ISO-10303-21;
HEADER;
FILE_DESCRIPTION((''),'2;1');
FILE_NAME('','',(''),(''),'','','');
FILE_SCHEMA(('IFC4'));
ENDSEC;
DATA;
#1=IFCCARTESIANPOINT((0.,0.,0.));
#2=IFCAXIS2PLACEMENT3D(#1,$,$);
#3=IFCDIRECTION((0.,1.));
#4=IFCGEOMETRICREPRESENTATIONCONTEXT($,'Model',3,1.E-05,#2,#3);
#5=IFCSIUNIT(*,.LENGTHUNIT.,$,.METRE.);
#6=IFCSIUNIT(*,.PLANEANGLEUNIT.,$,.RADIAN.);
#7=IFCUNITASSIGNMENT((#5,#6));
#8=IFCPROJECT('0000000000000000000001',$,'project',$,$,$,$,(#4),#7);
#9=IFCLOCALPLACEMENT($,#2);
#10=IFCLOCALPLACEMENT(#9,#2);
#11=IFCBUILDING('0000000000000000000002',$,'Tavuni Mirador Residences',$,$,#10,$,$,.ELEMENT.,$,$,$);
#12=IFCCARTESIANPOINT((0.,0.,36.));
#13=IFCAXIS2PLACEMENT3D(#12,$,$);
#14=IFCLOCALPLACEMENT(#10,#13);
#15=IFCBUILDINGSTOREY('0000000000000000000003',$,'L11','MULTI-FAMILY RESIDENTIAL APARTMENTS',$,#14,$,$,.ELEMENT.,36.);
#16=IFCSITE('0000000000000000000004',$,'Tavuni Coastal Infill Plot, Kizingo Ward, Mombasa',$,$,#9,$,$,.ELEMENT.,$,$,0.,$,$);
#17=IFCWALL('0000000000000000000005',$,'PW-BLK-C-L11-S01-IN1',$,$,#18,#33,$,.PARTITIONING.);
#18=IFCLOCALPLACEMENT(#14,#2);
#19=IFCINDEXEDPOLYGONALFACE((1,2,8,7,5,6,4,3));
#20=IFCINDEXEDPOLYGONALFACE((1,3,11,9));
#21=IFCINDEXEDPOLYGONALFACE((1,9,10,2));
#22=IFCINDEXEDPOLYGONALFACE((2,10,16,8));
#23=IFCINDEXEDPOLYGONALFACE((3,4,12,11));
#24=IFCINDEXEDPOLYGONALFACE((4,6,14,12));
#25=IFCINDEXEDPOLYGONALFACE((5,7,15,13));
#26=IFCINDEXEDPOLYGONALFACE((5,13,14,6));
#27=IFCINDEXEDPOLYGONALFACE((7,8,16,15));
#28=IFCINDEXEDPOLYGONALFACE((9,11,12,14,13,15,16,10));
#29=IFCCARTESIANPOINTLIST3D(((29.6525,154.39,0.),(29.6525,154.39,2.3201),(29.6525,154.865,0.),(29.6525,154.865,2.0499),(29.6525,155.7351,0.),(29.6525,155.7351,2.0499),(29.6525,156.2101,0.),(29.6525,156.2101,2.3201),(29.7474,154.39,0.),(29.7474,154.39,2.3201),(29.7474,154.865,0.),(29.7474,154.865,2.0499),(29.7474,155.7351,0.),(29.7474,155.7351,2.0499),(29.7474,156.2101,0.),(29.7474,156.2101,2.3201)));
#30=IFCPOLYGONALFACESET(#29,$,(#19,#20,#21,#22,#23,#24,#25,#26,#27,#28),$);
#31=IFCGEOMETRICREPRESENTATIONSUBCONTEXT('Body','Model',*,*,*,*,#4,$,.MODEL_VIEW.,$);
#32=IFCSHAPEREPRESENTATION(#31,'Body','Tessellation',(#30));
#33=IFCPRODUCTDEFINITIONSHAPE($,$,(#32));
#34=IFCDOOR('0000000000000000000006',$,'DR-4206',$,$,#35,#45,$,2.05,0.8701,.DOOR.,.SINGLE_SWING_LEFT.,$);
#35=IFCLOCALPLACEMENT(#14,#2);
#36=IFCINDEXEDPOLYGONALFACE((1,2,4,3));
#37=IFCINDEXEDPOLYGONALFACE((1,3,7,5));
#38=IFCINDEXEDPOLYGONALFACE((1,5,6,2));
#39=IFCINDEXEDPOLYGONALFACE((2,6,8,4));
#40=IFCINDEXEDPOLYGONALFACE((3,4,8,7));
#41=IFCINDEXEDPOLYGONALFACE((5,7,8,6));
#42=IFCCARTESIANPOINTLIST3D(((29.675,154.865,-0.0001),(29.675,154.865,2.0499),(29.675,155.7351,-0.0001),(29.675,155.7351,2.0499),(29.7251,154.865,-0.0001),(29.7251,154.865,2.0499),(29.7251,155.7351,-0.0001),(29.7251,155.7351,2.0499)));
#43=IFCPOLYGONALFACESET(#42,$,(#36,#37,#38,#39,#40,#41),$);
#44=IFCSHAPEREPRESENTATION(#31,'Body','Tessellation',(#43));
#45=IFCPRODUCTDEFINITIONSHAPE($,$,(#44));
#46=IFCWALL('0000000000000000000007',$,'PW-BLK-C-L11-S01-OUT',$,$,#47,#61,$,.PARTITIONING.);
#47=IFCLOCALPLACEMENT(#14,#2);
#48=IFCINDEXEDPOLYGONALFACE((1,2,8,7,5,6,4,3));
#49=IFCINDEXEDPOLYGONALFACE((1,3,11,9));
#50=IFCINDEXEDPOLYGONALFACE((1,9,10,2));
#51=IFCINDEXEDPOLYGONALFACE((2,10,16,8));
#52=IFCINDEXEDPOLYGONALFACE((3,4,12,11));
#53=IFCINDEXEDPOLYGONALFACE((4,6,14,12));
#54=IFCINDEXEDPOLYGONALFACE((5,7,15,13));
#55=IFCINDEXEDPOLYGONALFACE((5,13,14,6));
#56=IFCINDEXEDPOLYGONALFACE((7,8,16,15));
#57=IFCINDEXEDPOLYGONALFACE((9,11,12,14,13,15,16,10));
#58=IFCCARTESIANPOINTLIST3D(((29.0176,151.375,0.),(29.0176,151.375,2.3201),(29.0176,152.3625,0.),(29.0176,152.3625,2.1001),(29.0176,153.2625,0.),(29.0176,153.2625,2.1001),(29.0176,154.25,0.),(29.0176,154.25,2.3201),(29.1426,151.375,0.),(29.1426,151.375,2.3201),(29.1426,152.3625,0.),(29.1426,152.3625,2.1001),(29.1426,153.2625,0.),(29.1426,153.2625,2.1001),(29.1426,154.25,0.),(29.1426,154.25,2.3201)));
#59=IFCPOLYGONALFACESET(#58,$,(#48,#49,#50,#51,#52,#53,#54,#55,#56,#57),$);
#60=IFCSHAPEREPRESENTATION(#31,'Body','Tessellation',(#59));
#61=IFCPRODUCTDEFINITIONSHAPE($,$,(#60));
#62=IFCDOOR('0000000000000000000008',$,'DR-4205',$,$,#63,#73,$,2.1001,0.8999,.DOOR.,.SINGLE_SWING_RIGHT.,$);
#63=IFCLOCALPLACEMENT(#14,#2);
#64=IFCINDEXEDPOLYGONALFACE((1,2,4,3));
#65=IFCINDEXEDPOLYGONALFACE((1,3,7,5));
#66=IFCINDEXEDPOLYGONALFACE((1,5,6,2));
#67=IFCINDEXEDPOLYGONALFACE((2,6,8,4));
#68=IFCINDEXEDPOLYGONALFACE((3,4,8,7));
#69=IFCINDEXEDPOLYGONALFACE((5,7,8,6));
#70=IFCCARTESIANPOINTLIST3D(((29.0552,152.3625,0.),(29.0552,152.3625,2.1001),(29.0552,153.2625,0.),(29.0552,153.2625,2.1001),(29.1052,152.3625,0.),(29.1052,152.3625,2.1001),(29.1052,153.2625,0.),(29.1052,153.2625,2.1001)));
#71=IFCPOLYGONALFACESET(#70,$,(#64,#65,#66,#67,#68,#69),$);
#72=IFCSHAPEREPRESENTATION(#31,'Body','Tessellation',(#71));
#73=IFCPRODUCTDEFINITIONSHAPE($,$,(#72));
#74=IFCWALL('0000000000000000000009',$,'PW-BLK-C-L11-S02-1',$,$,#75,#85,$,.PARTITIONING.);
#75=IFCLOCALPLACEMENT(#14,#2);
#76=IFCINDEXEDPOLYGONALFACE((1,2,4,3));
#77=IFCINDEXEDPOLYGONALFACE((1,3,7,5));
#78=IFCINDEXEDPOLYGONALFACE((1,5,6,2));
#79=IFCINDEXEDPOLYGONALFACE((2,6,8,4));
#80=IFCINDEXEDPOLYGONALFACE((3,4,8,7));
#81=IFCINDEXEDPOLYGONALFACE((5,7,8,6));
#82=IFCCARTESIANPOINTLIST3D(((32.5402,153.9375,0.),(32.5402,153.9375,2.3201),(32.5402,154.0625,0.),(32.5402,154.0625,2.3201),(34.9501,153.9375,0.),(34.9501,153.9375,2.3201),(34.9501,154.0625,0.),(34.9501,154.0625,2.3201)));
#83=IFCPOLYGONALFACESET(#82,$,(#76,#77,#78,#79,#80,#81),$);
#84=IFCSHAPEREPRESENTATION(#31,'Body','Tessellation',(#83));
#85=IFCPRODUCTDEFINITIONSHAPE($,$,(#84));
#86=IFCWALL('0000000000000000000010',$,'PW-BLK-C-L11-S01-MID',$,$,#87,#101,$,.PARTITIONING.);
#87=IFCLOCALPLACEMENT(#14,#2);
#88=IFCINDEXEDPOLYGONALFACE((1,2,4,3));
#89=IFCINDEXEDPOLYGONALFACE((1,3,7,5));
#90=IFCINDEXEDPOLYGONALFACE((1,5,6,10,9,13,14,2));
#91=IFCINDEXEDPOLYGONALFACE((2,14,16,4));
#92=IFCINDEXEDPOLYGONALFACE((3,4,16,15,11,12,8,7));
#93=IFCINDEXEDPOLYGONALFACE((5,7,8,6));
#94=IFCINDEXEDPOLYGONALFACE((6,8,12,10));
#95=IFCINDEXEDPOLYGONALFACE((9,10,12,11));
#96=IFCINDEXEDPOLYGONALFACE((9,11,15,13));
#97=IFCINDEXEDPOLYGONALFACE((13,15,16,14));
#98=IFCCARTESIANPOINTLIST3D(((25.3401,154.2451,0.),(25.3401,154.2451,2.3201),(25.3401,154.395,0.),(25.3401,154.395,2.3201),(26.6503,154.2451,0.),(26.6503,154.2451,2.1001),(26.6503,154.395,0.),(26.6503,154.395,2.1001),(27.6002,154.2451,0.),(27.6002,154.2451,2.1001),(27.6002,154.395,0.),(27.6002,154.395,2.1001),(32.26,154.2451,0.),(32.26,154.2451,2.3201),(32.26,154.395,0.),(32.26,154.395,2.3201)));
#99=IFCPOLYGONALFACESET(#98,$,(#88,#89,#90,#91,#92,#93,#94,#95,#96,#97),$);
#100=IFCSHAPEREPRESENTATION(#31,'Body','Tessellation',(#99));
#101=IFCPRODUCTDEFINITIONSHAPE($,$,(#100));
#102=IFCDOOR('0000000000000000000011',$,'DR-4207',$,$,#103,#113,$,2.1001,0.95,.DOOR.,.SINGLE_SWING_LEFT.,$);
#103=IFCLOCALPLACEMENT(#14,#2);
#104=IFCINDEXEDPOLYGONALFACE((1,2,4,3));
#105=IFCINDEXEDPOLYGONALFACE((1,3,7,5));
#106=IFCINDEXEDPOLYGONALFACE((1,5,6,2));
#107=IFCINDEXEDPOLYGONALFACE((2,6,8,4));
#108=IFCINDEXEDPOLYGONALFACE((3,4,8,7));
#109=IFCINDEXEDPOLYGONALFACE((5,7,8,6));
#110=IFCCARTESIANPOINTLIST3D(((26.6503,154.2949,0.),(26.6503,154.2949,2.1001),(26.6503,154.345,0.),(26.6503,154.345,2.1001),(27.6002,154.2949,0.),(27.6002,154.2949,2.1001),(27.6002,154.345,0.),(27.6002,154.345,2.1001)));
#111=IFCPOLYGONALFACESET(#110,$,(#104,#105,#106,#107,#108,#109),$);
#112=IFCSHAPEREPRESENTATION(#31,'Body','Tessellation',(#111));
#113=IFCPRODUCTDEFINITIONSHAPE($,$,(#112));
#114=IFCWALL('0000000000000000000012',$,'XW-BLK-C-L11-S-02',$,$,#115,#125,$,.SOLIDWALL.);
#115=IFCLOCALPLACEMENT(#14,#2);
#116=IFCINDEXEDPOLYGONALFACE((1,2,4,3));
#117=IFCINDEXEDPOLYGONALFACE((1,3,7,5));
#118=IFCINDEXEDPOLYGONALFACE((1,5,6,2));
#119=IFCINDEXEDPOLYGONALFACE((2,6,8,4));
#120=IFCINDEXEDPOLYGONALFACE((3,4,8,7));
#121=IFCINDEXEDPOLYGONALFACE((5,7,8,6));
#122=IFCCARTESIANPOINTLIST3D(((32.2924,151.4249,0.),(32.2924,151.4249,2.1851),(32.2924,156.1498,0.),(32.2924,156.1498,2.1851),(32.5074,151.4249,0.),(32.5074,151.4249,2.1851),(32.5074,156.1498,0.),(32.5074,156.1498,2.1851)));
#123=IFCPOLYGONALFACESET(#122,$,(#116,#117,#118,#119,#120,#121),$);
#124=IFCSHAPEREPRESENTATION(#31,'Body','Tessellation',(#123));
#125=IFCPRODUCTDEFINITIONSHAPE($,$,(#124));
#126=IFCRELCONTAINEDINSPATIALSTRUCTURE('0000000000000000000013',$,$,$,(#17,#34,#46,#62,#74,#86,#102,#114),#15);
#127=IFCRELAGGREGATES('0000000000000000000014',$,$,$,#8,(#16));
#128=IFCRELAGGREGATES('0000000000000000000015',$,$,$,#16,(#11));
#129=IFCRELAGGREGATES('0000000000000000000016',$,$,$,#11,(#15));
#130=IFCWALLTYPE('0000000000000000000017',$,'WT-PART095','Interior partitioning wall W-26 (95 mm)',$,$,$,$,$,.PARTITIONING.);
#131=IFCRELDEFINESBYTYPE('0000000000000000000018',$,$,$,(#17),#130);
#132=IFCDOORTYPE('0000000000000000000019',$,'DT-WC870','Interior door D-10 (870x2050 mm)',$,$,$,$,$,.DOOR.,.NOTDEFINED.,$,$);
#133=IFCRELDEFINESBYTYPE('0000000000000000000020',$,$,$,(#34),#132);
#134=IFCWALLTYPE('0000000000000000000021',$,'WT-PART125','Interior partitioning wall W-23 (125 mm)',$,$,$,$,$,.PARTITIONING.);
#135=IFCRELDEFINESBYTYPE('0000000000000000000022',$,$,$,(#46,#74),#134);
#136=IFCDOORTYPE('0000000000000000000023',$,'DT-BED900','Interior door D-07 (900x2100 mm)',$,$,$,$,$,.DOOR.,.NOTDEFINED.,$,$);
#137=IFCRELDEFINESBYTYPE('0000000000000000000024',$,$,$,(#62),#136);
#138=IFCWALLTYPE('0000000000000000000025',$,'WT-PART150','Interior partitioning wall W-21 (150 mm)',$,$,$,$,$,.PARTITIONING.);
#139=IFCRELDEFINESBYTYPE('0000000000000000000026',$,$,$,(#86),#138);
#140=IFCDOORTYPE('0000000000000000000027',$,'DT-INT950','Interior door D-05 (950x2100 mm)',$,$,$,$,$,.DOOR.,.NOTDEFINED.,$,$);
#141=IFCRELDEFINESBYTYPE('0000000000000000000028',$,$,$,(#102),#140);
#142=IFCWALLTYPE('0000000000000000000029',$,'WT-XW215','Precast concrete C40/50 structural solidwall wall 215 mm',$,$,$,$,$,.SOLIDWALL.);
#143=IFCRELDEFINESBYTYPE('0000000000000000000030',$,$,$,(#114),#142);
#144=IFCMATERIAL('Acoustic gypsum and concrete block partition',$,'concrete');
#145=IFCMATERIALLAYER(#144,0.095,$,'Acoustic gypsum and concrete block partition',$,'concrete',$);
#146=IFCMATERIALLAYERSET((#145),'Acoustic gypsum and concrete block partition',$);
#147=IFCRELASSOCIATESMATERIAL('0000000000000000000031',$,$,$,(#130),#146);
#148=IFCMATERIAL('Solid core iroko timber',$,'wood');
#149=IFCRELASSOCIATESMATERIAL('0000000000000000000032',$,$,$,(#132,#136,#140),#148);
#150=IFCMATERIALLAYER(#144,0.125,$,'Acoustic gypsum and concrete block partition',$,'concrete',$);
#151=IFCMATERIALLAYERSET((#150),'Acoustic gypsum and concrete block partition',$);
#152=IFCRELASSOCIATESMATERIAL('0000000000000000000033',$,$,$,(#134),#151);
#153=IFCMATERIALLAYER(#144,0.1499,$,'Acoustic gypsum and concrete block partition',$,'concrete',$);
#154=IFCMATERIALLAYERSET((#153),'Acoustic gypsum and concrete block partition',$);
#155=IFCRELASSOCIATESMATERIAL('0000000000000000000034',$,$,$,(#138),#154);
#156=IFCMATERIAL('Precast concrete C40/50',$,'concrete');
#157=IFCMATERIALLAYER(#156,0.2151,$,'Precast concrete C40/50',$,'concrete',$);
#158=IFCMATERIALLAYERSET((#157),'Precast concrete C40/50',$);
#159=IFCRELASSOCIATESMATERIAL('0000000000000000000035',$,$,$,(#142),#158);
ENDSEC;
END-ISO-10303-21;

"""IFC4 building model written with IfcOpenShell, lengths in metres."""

from ifc_helpers import new_model, si_unit, direction, frame, frame_2d, origin, place, context, subcontext, project, spatial, rectangle, extrude, material, layer, layer_set, type_object, element, fill, save


model = new_model("IFC4")

# Units and contexts
model_context = context("Model", 3, precision=1e-05, world=origin(), true_north=direction((0.0, 1.0)))
body_context = subcontext(model_context, "Body", "Model", "MODEL_VIEW")
ifc_project = project(units=[si_unit("LENGTHUNIT", "METRE"), si_unit("PLANEANGLEUNIT", "RADIAN")], contexts=[model_context])

# Site, building, storey
site_placement = place(None, origin())
site = spatial("IfcSite", under=ifc_project, at=site_placement, Name="Tavuni Coastal Infill Plot, Kizingo Ward, Mombasa", CompositionType="ELEMENT", RefElevation=0.0)
building_placement = place(site_placement, origin())
building = spatial("IfcBuilding", under=site, at=building_placement, Name="Tavuni Mirador Residences", CompositionType="ELEMENT")
storey_placement = place(building_placement, frame((0.0, 0.0, 36.0)))
storey = spatial("IfcBuildingStorey", under=building, at=storey_placement, Name="L11", Description="MULTI-FAMILY RESIDENTIAL APARTMENTS", CompositionType="ELEMENT", Elevation=36.0)

# Shared definitions
ifc_material_1 = material(Name="Precast concrete C40/50", Category="concrete")

# Shared definitions
ifc_material_2 = material(Name="Solid core iroko timber", Category="wood")

# Walls, openings, doors
ifc_material_3 = material(Name="Acoustic gypsum and concrete block partition", Category="concrete")
ifc_layer_1 = layer(ifc_material_3, 0.095, Name="Acoustic gypsum and concrete block partition", Category="concrete")
ifc_layer_set_1 = layer_set([ifc_layer_1], Name="Acoustic gypsum and concrete block partition")
wall_type_1 = type_object("IfcWallType", Name="WT-PART095", Description="Interior partitioning wall W-26 (95 mm)", PredefinedType="PARTITIONING", material=ifc_layer_set_1)
wall_1_placement = place(storey_placement, frame((29.7, 154.3899, 0.0), z_axis=(0.0, 0.0, 1.0), x_axis=(0.0, 1.0, 0.0)))
wall_1 = element("IfcWall", 1, at=wall_1_placement, inside=storey, type_object=wall_type_1, Name="PW-BLK-C-L11-S01-IN1", PredefinedType="PARTITIONING", context=body_context, shape_type="SweptSolid", body=[
    extrude(rectangle(XDim=1.8201, YDim=0.095, at=frame_2d((0.9102, 0.0))), origin(), (0.0, 0.0, 1.0), 2.3201),
])
opening_1_placement = place(wall_1_placement, frame((0.4751, 0.0, 0.0)))
opening_1 = element("IfcOpeningElement", 2, at=opening_1_placement, cuts=wall_1, PredefinedType="OPENING", context=body_context, shape_type="SweptSolid", body=[
    extrude(rectangle(XDim=0.8701, YDim=2.05, at=frame_2d((0.4351, 1.0249))), frame((0.0, 0.0576, 0.0), z_axis=(0.0, -1.0, 0.0), x_axis=(1.0, 0.0, 0.0)), (0.0, 0.0, 1.0), 0.115),
])
door_type_1 = type_object("IfcDoorType", Name="DT-WC870", Description="Interior door D-10 (870x2050 mm)", OperationType="NOTDEFINED", PredefinedType="DOOR", material=ifc_material_2)
door_1_placement = place(opening_1_placement, origin())
door_1 = element("IfcDoor", 3, at=door_1_placement, inside=storey, type_object=door_type_1, Name="DR-4206", OperationType="SINGLE_SWING_LEFT", OverallHeight=2.05, OverallWidth=0.8701, PredefinedType="DOOR", context=body_context, shape_type="SweptSolid", body=[
    extrude(rectangle(XDim=0.8701, YDim=2.05, at=frame_2d((0.4351, 1.0249))), frame((0.0, 0.0249, 0.0), z_axis=(0.0, -1.0, 0.0), x_axis=(1.0, 0.0, 0.0)), (0.0, 0.0, 1.0), 0.05),
])
fill(opening_1, door_1)
ifc_layer_2 = layer(ifc_material_3, 0.125, Name="Acoustic gypsum and concrete block partition", Category="concrete")
ifc_layer_set_2 = layer_set([ifc_layer_2], Name="Acoustic gypsum and concrete block partition")
wall_type_2 = type_object("IfcWallType", Name="WT-PART125", Description="Interior partitioning wall W-23 (125 mm)", PredefinedType="PARTITIONING", material=ifc_layer_set_2)
wall_2_placement = place(storey_placement, frame((29.0801, 151.375, 0.0), z_axis=(0.0, 0.0, 1.0), x_axis=(0.0, 1.0, 0.0)))
wall_2 = element("IfcWall", 4, at=wall_2_placement, inside=storey, type_object=wall_type_2, Name="PW-BLK-C-L11-S01-OUT", PredefinedType="PARTITIONING", context=body_context, shape_type="SweptSolid", body=[
    extrude(rectangle(XDim=2.875, YDim=0.125, at=frame_2d((1.4375, 0.0))), origin(), (0.0, 0.0, 1.0), 2.3201),
])
opening_2_placement = place(wall_2_placement, frame((0.9875, 0.0, 0.0)))
opening_2 = element("IfcOpeningElement", 5, at=opening_2_placement, cuts=wall_2, PredefinedType="OPENING", context=body_context, shape_type="SweptSolid", body=[
    extrude(rectangle(XDim=0.8999, YDim=2.1001, at=frame_2d((0.45, 1.05))), frame((0.0, 0.0725, 0.0), z_axis=(0.0, -1.0, 0.0), x_axis=(1.0, 0.0, 0.0)), (0.0, 0.0, 1.0), 0.145),
])
door_type_2 = type_object("IfcDoorType", Name="DT-BED900", Description="Interior door D-07 (900x2100 mm)", OperationType="NOTDEFINED", PredefinedType="DOOR", material=ifc_material_2)
door_2_placement = place(opening_2_placement, origin())
door_2 = element("IfcDoor", 6, at=door_2_placement, inside=storey, type_object=door_type_2, Name="DR-4205", OperationType="SINGLE_SWING_RIGHT", OverallHeight=2.1001, OverallWidth=0.8999, PredefinedType="DOOR", context=body_context, shape_type="SweptSolid", body=[
    extrude(rectangle(XDim=0.8999, YDim=2.1001, at=frame_2d((0.45, 1.05))), frame((0.0, 0.0249, 0.0), z_axis=(0.0, -1.0, 0.0), x_axis=(1.0, 0.0, 0.0)), (0.0, 0.0, 1.0), 0.05),
])
fill(opening_2, door_2)

# Wall
wall_3_placement = place(storey_placement, frame((32.54, 154.0, 0.0), z_axis=(0.0, 0.0, 1.0), x_axis=(1.0, 0.0, 0.0)))
element("IfcWall", 7, at=wall_3_placement, inside=storey, type_object=wall_type_2, Name="PW-BLK-C-L11-S02-1", PredefinedType="PARTITIONING", context=body_context, shape_type="SweptSolid", body=[
    extrude(rectangle(XDim=2.4099, YDim=0.125, at=frame_2d((1.2051, 0.0))), origin(), (0.0, 0.0, 1.0), 2.3201),
])

# Wall, opening, door
ifc_layer_3 = layer(ifc_material_3, 0.1499, Name="Acoustic gypsum and concrete block partition", Category="concrete")
ifc_layer_set_3 = layer_set([ifc_layer_3], Name="Acoustic gypsum and concrete block partition")
wall_type_3 = type_object("IfcWallType", Name="WT-PART150", Description="Interior partitioning wall W-21 (150 mm)", PredefinedType="PARTITIONING", material=ifc_layer_set_3)
wall_4_placement = place(storey_placement, frame((25.3401, 154.3201, 0.0), z_axis=(0.0, 0.0, 1.0), x_axis=(1.0, 0.0, 0.0)))
wall_4 = element("IfcWall", 8, at=wall_4_placement, inside=storey, type_object=wall_type_3, Name="PW-BLK-C-L11-S01-MID", PredefinedType="PARTITIONING", context=body_context, shape_type="SweptSolid", body=[
    extrude(rectangle(XDim=6.9199, YDim=0.1499, at=frame_2d((3.46, 0.0))), origin(), (0.0, 0.0, 1.0), 2.3201),
])
opening_3_placement = place(wall_4_placement, frame((1.3101, 0.0, 0.0)))
opening_3 = element("IfcOpeningElement", 9, at=opening_3_placement, cuts=wall_4, PredefinedType="OPENING", context=body_context, shape_type="SweptSolid", body=[
    extrude(rectangle(XDim=0.95, YDim=2.1001, at=frame_2d((0.4751, 1.05))), frame((0.0, 0.085, 0.0), z_axis=(0.0, -1.0, 0.0), x_axis=(1.0, 0.0, 0.0)), (0.0, 0.0, 1.0), 0.1699),
])
door_type_3 = type_object("IfcDoorType", Name="DT-INT950", Description="Interior door D-05 (950x2100 mm)", OperationType="NOTDEFINED", PredefinedType="DOOR", material=ifc_material_2)
door_3_placement = place(opening_3_placement, origin())
door_3 = element("IfcDoor", 10, at=door_3_placement, inside=storey, type_object=door_type_3, Name="DR-4207", OperationType="SINGLE_SWING_LEFT", OverallHeight=2.1001, OverallWidth=0.95, PredefinedType="DOOR", context=body_context, shape_type="SweptSolid", body=[
    extrude(rectangle(XDim=0.95, YDim=2.1001, at=frame_2d((0.4751, 1.05))), frame((0.0, 0.0249, 0.0), z_axis=(0.0, -1.0, 0.0), x_axis=(1.0, 0.0, 0.0)), (0.0, 0.0, 1.0), 0.05),
])
fill(opening_3, door_3)

# Wall
ifc_layer_4 = layer(ifc_material_1, 0.2151, Name="Precast concrete C40/50", Category="concrete")
ifc_layer_set_4 = layer_set([ifc_layer_4], Name="Precast concrete C40/50")
wall_type_4 = type_object("IfcWallType", Name="WT-XW215", Description="Precast concrete C40/50 structural solidwall wall 215 mm", PredefinedType="SOLIDWALL", material=ifc_layer_set_4)
wall_5_placement = place(storey_placement, frame((32.3999, 151.425, 0.0), z_axis=(0.0, 0.0, 1.0), x_axis=(0.0, 1.0, 0.0)))
element("IfcWall", 11, at=wall_5_placement, inside=storey, type_object=wall_type_4, Name="XW-BLK-C-L11-S-02", PredefinedType="SOLIDWALL", context=body_context, shape_type="SweptSolid", body=[
    extrude(rectangle(XDim=4.7249, YDim=0.2151, at=frame_2d((2.3623, 0.0))), origin(), (0.0, 0.0, 1.0), 2.1851),
])

save(model, "model.ifc")
